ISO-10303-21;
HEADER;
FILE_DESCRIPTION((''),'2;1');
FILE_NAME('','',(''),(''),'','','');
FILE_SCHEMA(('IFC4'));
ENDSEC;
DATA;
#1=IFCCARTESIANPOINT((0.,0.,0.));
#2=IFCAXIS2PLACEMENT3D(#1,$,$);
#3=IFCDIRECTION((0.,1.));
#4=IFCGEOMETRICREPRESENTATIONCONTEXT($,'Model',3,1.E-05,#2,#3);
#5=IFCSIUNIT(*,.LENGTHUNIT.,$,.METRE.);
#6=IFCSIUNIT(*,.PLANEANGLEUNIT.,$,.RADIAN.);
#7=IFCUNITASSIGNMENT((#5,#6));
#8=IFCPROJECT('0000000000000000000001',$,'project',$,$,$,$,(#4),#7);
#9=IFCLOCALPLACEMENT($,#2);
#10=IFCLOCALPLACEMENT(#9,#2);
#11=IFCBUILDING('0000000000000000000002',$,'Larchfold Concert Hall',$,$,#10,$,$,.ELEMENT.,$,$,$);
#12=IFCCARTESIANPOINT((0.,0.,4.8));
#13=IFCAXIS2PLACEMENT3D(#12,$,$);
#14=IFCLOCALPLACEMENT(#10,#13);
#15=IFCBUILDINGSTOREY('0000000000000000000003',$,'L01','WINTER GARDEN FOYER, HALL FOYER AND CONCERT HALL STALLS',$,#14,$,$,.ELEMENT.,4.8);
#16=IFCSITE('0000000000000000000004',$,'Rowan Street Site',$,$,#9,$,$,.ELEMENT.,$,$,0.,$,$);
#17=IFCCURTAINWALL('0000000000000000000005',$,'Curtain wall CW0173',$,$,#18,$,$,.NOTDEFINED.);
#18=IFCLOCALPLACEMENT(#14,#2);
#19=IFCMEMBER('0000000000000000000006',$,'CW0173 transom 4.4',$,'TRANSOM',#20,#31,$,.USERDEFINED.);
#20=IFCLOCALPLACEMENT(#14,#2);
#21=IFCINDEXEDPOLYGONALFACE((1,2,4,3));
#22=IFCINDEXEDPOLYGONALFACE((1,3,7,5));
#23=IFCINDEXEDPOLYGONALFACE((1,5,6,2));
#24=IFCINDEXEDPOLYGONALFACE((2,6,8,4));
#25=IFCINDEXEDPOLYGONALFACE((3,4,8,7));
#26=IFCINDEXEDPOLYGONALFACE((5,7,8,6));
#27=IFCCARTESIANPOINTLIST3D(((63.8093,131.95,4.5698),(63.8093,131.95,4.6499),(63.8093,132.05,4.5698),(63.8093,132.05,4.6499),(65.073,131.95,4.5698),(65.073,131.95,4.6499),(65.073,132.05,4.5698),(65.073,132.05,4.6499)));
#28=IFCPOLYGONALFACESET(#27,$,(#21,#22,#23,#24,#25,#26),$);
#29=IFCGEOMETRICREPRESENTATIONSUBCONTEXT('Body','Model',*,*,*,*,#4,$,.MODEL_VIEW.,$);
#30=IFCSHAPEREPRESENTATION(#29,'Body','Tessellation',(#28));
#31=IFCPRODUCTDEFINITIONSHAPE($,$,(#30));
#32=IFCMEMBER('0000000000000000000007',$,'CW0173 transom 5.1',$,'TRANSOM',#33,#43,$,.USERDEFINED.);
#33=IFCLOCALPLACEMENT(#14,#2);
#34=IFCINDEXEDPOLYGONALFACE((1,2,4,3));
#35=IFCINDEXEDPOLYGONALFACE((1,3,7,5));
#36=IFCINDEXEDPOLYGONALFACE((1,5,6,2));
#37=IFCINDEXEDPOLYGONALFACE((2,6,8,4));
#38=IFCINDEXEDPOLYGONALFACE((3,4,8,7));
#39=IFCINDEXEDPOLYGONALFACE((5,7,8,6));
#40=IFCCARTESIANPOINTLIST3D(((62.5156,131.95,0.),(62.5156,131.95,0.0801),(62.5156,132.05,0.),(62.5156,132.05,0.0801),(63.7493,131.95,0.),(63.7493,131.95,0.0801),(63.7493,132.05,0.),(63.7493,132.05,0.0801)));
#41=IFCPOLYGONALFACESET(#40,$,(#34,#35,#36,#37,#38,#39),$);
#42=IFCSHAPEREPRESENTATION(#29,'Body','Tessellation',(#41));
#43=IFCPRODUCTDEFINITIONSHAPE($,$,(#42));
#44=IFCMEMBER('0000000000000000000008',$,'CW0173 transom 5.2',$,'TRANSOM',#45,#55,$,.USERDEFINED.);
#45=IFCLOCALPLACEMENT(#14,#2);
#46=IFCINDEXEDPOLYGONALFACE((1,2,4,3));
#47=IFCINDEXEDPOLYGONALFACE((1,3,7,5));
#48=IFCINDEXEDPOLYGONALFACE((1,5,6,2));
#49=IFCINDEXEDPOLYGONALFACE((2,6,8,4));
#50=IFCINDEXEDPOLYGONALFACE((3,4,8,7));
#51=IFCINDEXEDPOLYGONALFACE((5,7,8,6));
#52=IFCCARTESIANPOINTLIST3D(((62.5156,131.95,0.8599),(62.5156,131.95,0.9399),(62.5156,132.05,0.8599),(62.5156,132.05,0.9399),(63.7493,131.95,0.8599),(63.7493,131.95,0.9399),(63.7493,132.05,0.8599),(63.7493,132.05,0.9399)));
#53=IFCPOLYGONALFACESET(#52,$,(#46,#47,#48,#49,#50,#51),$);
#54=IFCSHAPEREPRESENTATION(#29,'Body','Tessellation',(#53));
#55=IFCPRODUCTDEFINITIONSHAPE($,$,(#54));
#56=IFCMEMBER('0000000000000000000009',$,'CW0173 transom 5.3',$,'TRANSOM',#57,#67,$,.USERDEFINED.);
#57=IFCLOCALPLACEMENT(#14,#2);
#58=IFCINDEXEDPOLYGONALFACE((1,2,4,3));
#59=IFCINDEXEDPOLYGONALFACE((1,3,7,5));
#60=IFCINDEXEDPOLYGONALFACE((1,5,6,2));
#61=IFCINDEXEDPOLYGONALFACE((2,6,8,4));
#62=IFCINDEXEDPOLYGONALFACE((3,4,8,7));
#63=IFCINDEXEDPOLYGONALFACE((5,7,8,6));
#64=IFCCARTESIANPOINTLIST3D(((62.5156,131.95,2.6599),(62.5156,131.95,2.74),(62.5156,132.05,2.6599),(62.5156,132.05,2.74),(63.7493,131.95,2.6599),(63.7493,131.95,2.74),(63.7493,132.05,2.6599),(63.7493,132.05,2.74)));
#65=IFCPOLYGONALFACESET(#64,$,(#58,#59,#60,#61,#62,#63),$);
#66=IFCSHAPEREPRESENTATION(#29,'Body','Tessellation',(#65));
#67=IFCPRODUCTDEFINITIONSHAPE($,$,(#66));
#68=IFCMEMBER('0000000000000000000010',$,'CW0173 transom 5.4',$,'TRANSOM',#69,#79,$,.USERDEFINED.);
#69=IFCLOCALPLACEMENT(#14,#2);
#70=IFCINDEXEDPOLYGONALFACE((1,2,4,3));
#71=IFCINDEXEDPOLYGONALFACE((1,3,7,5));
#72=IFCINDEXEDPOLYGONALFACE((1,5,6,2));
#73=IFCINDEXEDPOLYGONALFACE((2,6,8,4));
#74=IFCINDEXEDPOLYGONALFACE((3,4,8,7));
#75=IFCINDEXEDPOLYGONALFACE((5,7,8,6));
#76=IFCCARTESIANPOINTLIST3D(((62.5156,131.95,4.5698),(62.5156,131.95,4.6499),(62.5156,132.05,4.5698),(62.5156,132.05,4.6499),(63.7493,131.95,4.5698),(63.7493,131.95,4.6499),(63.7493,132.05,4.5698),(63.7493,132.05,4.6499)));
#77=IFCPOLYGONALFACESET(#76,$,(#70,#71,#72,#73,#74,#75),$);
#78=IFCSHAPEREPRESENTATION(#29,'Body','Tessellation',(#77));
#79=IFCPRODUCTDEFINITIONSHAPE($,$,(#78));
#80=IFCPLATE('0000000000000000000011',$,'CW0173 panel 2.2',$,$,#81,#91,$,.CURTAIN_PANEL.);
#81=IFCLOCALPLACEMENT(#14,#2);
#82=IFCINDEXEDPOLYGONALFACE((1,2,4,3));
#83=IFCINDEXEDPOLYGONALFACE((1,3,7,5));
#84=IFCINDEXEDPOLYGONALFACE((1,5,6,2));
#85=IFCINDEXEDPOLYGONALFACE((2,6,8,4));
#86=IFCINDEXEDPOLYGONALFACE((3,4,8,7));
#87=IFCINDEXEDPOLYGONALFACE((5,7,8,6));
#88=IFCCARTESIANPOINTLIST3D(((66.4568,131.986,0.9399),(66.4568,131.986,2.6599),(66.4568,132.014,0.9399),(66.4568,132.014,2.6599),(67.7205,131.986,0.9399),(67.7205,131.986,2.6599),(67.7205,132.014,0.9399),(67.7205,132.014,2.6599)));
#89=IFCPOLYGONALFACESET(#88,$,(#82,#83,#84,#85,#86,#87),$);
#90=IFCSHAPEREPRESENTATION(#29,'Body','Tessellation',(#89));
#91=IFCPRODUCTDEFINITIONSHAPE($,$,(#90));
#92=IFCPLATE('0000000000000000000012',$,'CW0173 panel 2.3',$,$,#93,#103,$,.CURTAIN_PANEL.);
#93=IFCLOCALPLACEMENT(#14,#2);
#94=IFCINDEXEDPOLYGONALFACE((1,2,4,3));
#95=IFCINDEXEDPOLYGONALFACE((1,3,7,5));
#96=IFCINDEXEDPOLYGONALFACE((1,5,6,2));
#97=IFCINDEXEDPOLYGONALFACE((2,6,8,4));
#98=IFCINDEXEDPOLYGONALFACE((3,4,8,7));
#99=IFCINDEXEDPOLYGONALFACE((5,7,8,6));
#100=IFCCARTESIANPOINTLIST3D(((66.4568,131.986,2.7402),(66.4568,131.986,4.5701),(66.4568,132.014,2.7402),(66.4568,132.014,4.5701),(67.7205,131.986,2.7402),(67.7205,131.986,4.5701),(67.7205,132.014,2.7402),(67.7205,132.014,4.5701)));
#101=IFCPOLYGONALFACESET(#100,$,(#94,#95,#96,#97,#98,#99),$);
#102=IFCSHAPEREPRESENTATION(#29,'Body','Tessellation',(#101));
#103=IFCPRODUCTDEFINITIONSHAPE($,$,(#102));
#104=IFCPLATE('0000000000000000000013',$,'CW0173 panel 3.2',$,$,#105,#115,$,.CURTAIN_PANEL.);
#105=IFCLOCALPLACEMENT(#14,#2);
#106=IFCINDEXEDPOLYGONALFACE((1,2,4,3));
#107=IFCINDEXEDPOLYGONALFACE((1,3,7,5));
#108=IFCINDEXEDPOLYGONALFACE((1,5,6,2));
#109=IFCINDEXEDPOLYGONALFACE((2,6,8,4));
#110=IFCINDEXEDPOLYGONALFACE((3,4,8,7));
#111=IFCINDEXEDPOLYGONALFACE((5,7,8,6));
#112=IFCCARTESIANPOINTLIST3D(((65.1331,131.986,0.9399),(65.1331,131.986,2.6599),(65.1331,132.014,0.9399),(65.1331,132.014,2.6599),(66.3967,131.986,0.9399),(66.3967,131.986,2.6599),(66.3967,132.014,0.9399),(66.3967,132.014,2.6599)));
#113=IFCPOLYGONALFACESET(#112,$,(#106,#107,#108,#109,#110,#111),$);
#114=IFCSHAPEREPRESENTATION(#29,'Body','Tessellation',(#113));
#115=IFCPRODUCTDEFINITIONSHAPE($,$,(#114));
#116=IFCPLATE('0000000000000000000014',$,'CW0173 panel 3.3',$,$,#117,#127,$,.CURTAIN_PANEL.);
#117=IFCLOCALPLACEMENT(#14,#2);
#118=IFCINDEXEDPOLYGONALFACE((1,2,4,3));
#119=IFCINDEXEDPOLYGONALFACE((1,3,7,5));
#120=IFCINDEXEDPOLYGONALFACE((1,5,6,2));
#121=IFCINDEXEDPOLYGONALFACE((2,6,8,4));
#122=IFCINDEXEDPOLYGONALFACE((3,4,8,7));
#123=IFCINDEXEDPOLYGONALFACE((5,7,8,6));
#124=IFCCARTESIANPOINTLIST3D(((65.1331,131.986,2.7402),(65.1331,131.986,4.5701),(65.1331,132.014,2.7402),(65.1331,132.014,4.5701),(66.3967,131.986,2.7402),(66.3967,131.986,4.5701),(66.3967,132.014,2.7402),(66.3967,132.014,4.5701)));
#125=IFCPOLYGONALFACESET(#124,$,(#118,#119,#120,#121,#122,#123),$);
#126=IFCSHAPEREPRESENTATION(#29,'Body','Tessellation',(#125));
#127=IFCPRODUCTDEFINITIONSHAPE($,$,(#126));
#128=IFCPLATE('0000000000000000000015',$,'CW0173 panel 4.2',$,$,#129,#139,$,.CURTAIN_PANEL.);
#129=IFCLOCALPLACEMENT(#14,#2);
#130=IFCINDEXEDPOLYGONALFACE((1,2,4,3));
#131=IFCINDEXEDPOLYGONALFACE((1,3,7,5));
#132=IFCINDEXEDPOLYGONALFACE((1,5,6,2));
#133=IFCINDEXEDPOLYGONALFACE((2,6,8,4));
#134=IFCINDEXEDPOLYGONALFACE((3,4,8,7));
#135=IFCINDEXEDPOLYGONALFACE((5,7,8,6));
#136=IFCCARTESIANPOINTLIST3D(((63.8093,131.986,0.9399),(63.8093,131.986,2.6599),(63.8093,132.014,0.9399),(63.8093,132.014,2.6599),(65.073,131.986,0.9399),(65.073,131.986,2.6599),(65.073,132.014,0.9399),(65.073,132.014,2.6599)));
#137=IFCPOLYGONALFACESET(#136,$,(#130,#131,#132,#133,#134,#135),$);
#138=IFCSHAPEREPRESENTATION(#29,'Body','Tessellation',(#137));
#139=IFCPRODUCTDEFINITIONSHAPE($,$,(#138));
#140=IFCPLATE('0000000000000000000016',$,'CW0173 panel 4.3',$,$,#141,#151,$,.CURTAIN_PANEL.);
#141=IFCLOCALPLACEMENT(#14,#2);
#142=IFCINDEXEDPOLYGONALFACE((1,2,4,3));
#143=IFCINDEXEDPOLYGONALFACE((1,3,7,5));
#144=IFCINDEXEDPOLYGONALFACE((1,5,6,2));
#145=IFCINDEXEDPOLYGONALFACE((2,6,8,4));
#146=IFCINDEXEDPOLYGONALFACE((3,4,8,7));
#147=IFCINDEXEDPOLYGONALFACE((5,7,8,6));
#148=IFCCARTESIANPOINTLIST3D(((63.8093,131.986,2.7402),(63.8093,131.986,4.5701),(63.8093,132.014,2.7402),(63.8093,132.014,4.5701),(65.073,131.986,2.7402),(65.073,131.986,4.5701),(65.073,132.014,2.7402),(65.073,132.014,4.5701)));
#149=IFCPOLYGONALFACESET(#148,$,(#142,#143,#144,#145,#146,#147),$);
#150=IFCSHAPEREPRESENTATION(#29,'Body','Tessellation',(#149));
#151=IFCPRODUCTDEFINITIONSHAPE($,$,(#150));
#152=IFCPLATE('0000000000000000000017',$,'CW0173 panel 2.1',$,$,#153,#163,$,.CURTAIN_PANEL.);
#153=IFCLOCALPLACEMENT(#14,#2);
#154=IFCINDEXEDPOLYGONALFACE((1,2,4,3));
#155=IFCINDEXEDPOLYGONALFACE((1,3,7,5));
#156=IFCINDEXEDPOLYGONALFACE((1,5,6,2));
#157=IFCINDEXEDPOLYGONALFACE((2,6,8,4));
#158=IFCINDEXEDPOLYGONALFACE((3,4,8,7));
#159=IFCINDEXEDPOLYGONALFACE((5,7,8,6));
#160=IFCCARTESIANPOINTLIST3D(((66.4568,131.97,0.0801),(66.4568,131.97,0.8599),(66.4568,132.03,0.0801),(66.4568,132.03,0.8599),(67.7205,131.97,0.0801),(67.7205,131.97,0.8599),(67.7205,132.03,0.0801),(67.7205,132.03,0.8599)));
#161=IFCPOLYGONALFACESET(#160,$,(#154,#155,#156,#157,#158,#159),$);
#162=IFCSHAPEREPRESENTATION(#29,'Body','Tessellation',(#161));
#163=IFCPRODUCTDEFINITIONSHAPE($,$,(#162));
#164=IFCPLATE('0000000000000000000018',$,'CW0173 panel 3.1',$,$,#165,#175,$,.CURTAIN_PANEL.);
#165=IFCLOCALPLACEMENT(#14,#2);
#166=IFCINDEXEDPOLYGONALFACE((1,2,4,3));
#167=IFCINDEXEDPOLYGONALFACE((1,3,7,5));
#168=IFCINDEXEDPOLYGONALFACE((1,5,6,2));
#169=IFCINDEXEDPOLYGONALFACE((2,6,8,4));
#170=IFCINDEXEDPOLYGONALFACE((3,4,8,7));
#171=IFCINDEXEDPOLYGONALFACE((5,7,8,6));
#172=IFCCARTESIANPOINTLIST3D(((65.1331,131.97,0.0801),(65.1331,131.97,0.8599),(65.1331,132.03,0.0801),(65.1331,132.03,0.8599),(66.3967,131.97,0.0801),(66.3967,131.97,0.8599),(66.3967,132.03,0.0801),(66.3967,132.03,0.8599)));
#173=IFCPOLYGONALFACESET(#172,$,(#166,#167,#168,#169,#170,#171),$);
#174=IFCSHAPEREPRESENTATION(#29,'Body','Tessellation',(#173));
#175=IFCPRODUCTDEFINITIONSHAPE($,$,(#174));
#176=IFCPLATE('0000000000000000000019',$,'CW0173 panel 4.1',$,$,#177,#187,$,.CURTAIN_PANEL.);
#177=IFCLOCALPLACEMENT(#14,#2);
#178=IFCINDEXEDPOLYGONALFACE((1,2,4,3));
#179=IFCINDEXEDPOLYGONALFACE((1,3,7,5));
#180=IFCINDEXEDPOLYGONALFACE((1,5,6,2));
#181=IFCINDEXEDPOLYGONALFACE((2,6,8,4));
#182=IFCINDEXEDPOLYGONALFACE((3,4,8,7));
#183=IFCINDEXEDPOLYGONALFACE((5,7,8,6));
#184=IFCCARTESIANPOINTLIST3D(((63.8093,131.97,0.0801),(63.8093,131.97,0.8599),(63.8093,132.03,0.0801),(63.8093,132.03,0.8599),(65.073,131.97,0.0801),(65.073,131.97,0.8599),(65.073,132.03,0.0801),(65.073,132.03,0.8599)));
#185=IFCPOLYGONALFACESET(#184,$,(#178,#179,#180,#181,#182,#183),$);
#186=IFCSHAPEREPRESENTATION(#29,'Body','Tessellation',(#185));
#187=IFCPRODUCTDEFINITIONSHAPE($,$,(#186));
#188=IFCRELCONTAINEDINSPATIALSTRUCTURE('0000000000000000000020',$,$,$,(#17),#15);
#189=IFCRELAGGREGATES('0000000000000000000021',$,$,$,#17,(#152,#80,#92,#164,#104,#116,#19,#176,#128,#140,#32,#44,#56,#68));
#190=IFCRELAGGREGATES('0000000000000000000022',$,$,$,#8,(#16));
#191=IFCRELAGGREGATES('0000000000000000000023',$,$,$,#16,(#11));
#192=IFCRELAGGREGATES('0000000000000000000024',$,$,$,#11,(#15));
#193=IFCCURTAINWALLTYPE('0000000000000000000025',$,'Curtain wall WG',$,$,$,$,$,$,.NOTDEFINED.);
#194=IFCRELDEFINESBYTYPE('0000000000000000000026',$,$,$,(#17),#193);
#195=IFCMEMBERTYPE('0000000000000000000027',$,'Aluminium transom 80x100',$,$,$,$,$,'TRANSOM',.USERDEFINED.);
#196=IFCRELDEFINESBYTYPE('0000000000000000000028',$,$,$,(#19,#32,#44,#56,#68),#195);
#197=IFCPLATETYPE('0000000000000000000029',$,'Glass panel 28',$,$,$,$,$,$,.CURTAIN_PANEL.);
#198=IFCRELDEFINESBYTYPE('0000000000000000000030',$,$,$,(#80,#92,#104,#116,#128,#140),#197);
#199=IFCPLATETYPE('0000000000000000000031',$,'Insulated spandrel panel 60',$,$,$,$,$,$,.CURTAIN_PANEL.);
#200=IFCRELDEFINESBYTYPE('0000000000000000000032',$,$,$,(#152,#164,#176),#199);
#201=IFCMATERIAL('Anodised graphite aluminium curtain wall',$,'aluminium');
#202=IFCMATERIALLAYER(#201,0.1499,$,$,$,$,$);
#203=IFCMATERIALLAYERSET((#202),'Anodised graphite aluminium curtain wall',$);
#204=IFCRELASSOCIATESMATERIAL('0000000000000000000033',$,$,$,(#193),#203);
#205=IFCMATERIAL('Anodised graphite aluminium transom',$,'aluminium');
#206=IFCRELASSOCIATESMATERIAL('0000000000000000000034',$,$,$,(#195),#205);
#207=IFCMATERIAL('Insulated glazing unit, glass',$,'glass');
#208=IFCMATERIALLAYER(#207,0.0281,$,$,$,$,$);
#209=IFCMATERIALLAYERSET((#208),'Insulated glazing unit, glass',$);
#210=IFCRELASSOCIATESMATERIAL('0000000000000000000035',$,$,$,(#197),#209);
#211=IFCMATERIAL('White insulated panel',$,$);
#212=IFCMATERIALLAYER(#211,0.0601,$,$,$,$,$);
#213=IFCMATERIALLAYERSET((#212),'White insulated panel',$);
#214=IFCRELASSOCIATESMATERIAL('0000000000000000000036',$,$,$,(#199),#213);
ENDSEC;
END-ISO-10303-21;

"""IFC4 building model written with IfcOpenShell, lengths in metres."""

from ifc_helpers import new_model, si_unit, direction, frame, origin, origin_2d, place, context, subcontext, project, spatial, rectangle, extrude, material, layer, layer_set, material_profile, profile_set, type_object, element, aggregate, save


model = new_model("IFC4")

# Units and contexts
model_context = context("Model", 3, precision=1e-05, world=origin(), true_north=direction((0.0, 1.0)))
body_context = subcontext(model_context, "Body", "Model", "MODEL_VIEW")
ifc_project = project(units=[si_unit("LENGTHUNIT", "METRE"), si_unit("PLANEANGLEUNIT", "RADIAN")], contexts=[model_context])

# Site, building, storey
site_placement = place(None, origin())
site = spatial("IfcSite", under=ifc_project, at=site_placement, Name="Rowan Street Site", CompositionType="ELEMENT", RefElevation=0.0)
building_placement = place(site_placement, origin())
building = spatial("IfcBuilding", under=site, at=building_placement, Name="Larchfold Concert Hall", CompositionType="ELEMENT")
storey_placement = place(building_placement, frame((0.0, 0.0, 4.8)))
storey = spatial("IfcBuildingStorey", under=building, at=storey_placement, Name="L01", Description="WINTER GARDEN FOYER, HALL FOYER AND CONCERT HALL STALLS", CompositionType="ELEMENT", Elevation=4.8)

# Curtain wall, members, plates
ifc_material_1 = material(Name="Anodised graphite aluminium curtain wall", Category="aluminium")
ifc_layer_1 = layer(ifc_material_1, 0.1499)
ifc_layer_set_1 = layer_set([ifc_layer_1], Name="Anodised graphite aluminium curtain wall")
curtain_wall_type = type_object("IfcCurtainWallType", Name="Curtain wall WG", PredefinedType="NOTDEFINED", material=ifc_layer_set_1)
curtain_wall_placement = place(storey_placement, origin())
curtain_wall = element("IfcCurtainWall", 1, at=curtain_wall_placement, inside=storey, type_object=curtain_wall_type, Name="Curtain wall CW0173", PredefinedType="NOTDEFINED")
ifc_material_2 = material(Name="Anodised graphite aluminium transom", Category="aluminium")
ifc_material_profile_1 = material_profile(ifc_material_2, rectangle(XDim=0.1001, YDim=0.0801, at=origin_2d()))
ifc_profile_set_1 = profile_set([ifc_material_profile_1], Name="Anodised graphite aluminium transom")
member_type_1 = type_object("IfcMemberType", Name="Aluminium transom 80x100", ElementType="TRANSOM", PredefinedType="USERDEFINED", material=ifc_profile_set_1)
member_1_placement = place(storey_placement, frame((65.073, 132.0, 4.6099), z_axis=(-1.0, 0.0, 0.0), x_axis=(0.0, -1.0, 0.0)))
member_1 = element("IfcMember", 2, at=member_1_placement, type_object=member_type_1, Name="CW0173 transom 4.4", ObjectType="TRANSOM", PredefinedType="USERDEFINED", context=body_context, shape_type="SweptSolid", body=[
    extrude(rectangle(XDim=0.1001, YDim=0.0801, at=origin_2d()), origin(), (0.0, 0.0, 1.0), 1.2637),
])
member_2_placement = place(storey_placement, frame((63.7493, 132.0, 0.04), z_axis=(-1.0, 0.0, 0.0), x_axis=(0.0, -1.0, 0.0)))
member_2 = element("IfcMember", 3, at=member_2_placement, type_object=member_type_1, Name="CW0173 transom 5.1", ObjectType="TRANSOM", PredefinedType="USERDEFINED", context=body_context, shape_type="SweptSolid", body=[
    extrude(rectangle(XDim=0.1001, YDim=0.0801, at=origin_2d()), origin(), (0.0, 0.0, 1.0), 1.2336),
])
member_3_placement = place(storey_placement, frame((63.7493, 132.0, 0.8999), z_axis=(-1.0, 0.0, 0.0), x_axis=(0.0, -1.0, 0.0)))
member_3 = element("IfcMember", 4, at=member_3_placement, type_object=member_type_1, Name="CW0173 transom 5.2", ObjectType="TRANSOM", PredefinedType="USERDEFINED", context=body_context, shape_type="SweptSolid", body=[
    extrude(rectangle(XDim=0.1001, YDim=0.0801, at=origin_2d()), origin(), (0.0, 0.0, 1.0), 1.2336),
])
member_4_placement = place(storey_placement, frame((63.7493, 132.0, 2.7), z_axis=(-1.0, 0.0, 0.0), x_axis=(0.0, -1.0, 0.0)))
member_4 = element("IfcMember", 5, at=member_4_placement, type_object=member_type_1, Name="CW0173 transom 5.3", ObjectType="TRANSOM", PredefinedType="USERDEFINED", context=body_context, shape_type="SweptSolid", body=[
    extrude(rectangle(XDim=0.1001, YDim=0.0801, at=origin_2d()), origin(), (0.0, 0.0, 1.0), 1.2336),
])
member_5_placement = place(storey_placement, frame((63.7493, 132.0, 4.6099), z_axis=(-1.0, 0.0, 0.0), x_axis=(0.0, -1.0, 0.0)))
member_5 = element("IfcMember", 6, at=member_5_placement, type_object=member_type_1, Name="CW0173 transom 5.4", ObjectType="TRANSOM", PredefinedType="USERDEFINED", context=body_context, shape_type="SweptSolid", body=[
    extrude(rectangle(XDim=0.1001, YDim=0.0801, at=origin_2d()), origin(), (0.0, 0.0, 1.0), 1.2336),
])
ifc_material_3 = material(Name="Insulated glazing unit, glass", Category="glass")
ifc_layer_2 = layer(ifc_material_3, 0.0281)
ifc_layer_set_2 = layer_set([ifc_layer_2], Name="Insulated glazing unit, glass")
plate_type_1 = type_object("IfcPlateType", Name="Glass panel 28", PredefinedType="CURTAIN_PANEL", material=ifc_layer_set_2)
plate_1_placement = place(storey_placement, frame((67.0886, 132.0, 0.9399), z_axis=(0.0, 0.0, 1.0), x_axis=(-1.0, 0.0, 0.0)))
plate_1 = element("IfcPlate", 7, at=plate_1_placement, type_object=plate_type_1, Name="CW0173 panel 2.2", PredefinedType="CURTAIN_PANEL", context=body_context, shape_type="SweptSolid", body=[
    extrude(rectangle(XDim=1.2637, YDim=0.0281, at=origin_2d()), origin(), (0.0, 0.0, 1.0), 1.72),
])
plate_2_placement = place(storey_placement, frame((67.0886, 132.0, 2.7402), z_axis=(0.0, 0.0, 1.0), x_axis=(-1.0, 0.0, 0.0)))
plate_2 = element("IfcPlate", 8, at=plate_2_placement, type_object=plate_type_1, Name="CW0173 panel 2.3", PredefinedType="CURTAIN_PANEL", context=body_context, shape_type="SweptSolid", body=[
    extrude(rectangle(XDim=1.2637, YDim=0.0281, at=origin_2d()), origin(), (0.0, 0.0, 1.0), 1.8298),
])
plate_3_placement = place(storey_placement, frame((65.7649, 132.0, 0.9399), z_axis=(0.0, 0.0, 1.0), x_axis=(-1.0, 0.0, 0.0)))
plate_3 = element("IfcPlate", 9, at=plate_3_placement, type_object=plate_type_1, Name="CW0173 panel 3.2", PredefinedType="CURTAIN_PANEL", context=body_context, shape_type="SweptSolid", body=[
    extrude(rectangle(XDim=1.2637, YDim=0.0281, at=origin_2d()), origin(), (0.0, 0.0, 1.0), 1.72),
])
plate_4_placement = place(storey_placement, frame((65.7649, 132.0, 2.7402), z_axis=(0.0, 0.0, 1.0), x_axis=(-1.0, 0.0, 0.0)))
plate_4 = element("IfcPlate", 10, at=plate_4_placement, type_object=plate_type_1, Name="CW0173 panel 3.3", PredefinedType="CURTAIN_PANEL", context=body_context, shape_type="SweptSolid", body=[
    extrude(rectangle(XDim=1.2637, YDim=0.0281, at=origin_2d()), origin(), (0.0, 0.0, 1.0), 1.8298),
])
plate_5_placement = place(storey_placement, frame((64.4412, 132.0, 0.9399), z_axis=(0.0, 0.0, 1.0), x_axis=(-1.0, 0.0, 0.0)))
plate_5 = element("IfcPlate", 11, at=plate_5_placement, type_object=plate_type_1, Name="CW0173 panel 4.2", PredefinedType="CURTAIN_PANEL", context=body_context, shape_type="SweptSolid", body=[
    extrude(rectangle(XDim=1.2637, YDim=0.0281, at=origin_2d()), origin(), (0.0, 0.0, 1.0), 1.72),
])
plate_6_placement = place(storey_placement, frame((64.4412, 132.0, 2.7402), z_axis=(0.0, 0.0, 1.0), x_axis=(-1.0, 0.0, 0.0)))
plate_6 = element("IfcPlate", 12, at=plate_6_placement, type_object=plate_type_1, Name="CW0173 panel 4.3", PredefinedType="CURTAIN_PANEL", context=body_context, shape_type="SweptSolid", body=[
    extrude(rectangle(XDim=1.2637, YDim=0.0281, at=origin_2d()), origin(), (0.0, 0.0, 1.0), 1.8298),
])
ifc_material_4 = material(Name="White insulated panel")
ifc_layer_3 = layer(ifc_material_4, 0.0601)
ifc_layer_set_3 = layer_set([ifc_layer_3], Name="White insulated panel")
plate_type_2 = type_object("IfcPlateType", Name="Insulated spandrel panel 60", PredefinedType="CURTAIN_PANEL", material=ifc_layer_set_3)
plate_7_placement = place(storey_placement, frame((67.0886, 132.0, 0.0801), z_axis=(0.0, 0.0, 1.0), x_axis=(-1.0, 0.0, 0.0)))
plate_7 = element("IfcPlate", 13, at=plate_7_placement, type_object=plate_type_2, Name="CW0173 panel 2.1", PredefinedType="CURTAIN_PANEL", context=body_context, shape_type="SweptSolid", body=[
    extrude(rectangle(XDim=1.2637, YDim=0.0601, at=origin_2d()), origin(), (0.0, 0.0, 1.0), 0.7798),
])
plate_8_placement = place(storey_placement, frame((65.7649, 132.0, 0.0801), z_axis=(0.0, 0.0, 1.0), x_axis=(-1.0, 0.0, 0.0)))
plate_8 = element("IfcPlate", 14, at=plate_8_placement, type_object=plate_type_2, Name="CW0173 panel 3.1", PredefinedType="CURTAIN_PANEL", context=body_context, shape_type="SweptSolid", body=[
    extrude(rectangle(XDim=1.2637, YDim=0.0601, at=origin_2d()), origin(), (0.0, 0.0, 1.0), 0.7798),
])
plate_9_placement = place(storey_placement, frame((64.4412, 132.0, 0.0801), z_axis=(0.0, 0.0, 1.0), x_axis=(-1.0, 0.0, 0.0)))
plate_9 = element("IfcPlate", 15, at=plate_9_placement, type_object=plate_type_2, Name="CW0173 panel 4.1", PredefinedType="CURTAIN_PANEL", context=body_context, shape_type="SweptSolid", body=[
    extrude(rectangle(XDim=1.2637, YDim=0.0601, at=origin_2d()), origin(), (0.0, 0.0, 1.0), 0.7798),
])
aggregate(curtain_wall, [plate_7, plate_1, plate_2, plate_8, plate_3, plate_4, member_1, plate_9, plate_5, plate_6, member_2, member_3, member_4, member_5])

save(model, "model.ifc")
